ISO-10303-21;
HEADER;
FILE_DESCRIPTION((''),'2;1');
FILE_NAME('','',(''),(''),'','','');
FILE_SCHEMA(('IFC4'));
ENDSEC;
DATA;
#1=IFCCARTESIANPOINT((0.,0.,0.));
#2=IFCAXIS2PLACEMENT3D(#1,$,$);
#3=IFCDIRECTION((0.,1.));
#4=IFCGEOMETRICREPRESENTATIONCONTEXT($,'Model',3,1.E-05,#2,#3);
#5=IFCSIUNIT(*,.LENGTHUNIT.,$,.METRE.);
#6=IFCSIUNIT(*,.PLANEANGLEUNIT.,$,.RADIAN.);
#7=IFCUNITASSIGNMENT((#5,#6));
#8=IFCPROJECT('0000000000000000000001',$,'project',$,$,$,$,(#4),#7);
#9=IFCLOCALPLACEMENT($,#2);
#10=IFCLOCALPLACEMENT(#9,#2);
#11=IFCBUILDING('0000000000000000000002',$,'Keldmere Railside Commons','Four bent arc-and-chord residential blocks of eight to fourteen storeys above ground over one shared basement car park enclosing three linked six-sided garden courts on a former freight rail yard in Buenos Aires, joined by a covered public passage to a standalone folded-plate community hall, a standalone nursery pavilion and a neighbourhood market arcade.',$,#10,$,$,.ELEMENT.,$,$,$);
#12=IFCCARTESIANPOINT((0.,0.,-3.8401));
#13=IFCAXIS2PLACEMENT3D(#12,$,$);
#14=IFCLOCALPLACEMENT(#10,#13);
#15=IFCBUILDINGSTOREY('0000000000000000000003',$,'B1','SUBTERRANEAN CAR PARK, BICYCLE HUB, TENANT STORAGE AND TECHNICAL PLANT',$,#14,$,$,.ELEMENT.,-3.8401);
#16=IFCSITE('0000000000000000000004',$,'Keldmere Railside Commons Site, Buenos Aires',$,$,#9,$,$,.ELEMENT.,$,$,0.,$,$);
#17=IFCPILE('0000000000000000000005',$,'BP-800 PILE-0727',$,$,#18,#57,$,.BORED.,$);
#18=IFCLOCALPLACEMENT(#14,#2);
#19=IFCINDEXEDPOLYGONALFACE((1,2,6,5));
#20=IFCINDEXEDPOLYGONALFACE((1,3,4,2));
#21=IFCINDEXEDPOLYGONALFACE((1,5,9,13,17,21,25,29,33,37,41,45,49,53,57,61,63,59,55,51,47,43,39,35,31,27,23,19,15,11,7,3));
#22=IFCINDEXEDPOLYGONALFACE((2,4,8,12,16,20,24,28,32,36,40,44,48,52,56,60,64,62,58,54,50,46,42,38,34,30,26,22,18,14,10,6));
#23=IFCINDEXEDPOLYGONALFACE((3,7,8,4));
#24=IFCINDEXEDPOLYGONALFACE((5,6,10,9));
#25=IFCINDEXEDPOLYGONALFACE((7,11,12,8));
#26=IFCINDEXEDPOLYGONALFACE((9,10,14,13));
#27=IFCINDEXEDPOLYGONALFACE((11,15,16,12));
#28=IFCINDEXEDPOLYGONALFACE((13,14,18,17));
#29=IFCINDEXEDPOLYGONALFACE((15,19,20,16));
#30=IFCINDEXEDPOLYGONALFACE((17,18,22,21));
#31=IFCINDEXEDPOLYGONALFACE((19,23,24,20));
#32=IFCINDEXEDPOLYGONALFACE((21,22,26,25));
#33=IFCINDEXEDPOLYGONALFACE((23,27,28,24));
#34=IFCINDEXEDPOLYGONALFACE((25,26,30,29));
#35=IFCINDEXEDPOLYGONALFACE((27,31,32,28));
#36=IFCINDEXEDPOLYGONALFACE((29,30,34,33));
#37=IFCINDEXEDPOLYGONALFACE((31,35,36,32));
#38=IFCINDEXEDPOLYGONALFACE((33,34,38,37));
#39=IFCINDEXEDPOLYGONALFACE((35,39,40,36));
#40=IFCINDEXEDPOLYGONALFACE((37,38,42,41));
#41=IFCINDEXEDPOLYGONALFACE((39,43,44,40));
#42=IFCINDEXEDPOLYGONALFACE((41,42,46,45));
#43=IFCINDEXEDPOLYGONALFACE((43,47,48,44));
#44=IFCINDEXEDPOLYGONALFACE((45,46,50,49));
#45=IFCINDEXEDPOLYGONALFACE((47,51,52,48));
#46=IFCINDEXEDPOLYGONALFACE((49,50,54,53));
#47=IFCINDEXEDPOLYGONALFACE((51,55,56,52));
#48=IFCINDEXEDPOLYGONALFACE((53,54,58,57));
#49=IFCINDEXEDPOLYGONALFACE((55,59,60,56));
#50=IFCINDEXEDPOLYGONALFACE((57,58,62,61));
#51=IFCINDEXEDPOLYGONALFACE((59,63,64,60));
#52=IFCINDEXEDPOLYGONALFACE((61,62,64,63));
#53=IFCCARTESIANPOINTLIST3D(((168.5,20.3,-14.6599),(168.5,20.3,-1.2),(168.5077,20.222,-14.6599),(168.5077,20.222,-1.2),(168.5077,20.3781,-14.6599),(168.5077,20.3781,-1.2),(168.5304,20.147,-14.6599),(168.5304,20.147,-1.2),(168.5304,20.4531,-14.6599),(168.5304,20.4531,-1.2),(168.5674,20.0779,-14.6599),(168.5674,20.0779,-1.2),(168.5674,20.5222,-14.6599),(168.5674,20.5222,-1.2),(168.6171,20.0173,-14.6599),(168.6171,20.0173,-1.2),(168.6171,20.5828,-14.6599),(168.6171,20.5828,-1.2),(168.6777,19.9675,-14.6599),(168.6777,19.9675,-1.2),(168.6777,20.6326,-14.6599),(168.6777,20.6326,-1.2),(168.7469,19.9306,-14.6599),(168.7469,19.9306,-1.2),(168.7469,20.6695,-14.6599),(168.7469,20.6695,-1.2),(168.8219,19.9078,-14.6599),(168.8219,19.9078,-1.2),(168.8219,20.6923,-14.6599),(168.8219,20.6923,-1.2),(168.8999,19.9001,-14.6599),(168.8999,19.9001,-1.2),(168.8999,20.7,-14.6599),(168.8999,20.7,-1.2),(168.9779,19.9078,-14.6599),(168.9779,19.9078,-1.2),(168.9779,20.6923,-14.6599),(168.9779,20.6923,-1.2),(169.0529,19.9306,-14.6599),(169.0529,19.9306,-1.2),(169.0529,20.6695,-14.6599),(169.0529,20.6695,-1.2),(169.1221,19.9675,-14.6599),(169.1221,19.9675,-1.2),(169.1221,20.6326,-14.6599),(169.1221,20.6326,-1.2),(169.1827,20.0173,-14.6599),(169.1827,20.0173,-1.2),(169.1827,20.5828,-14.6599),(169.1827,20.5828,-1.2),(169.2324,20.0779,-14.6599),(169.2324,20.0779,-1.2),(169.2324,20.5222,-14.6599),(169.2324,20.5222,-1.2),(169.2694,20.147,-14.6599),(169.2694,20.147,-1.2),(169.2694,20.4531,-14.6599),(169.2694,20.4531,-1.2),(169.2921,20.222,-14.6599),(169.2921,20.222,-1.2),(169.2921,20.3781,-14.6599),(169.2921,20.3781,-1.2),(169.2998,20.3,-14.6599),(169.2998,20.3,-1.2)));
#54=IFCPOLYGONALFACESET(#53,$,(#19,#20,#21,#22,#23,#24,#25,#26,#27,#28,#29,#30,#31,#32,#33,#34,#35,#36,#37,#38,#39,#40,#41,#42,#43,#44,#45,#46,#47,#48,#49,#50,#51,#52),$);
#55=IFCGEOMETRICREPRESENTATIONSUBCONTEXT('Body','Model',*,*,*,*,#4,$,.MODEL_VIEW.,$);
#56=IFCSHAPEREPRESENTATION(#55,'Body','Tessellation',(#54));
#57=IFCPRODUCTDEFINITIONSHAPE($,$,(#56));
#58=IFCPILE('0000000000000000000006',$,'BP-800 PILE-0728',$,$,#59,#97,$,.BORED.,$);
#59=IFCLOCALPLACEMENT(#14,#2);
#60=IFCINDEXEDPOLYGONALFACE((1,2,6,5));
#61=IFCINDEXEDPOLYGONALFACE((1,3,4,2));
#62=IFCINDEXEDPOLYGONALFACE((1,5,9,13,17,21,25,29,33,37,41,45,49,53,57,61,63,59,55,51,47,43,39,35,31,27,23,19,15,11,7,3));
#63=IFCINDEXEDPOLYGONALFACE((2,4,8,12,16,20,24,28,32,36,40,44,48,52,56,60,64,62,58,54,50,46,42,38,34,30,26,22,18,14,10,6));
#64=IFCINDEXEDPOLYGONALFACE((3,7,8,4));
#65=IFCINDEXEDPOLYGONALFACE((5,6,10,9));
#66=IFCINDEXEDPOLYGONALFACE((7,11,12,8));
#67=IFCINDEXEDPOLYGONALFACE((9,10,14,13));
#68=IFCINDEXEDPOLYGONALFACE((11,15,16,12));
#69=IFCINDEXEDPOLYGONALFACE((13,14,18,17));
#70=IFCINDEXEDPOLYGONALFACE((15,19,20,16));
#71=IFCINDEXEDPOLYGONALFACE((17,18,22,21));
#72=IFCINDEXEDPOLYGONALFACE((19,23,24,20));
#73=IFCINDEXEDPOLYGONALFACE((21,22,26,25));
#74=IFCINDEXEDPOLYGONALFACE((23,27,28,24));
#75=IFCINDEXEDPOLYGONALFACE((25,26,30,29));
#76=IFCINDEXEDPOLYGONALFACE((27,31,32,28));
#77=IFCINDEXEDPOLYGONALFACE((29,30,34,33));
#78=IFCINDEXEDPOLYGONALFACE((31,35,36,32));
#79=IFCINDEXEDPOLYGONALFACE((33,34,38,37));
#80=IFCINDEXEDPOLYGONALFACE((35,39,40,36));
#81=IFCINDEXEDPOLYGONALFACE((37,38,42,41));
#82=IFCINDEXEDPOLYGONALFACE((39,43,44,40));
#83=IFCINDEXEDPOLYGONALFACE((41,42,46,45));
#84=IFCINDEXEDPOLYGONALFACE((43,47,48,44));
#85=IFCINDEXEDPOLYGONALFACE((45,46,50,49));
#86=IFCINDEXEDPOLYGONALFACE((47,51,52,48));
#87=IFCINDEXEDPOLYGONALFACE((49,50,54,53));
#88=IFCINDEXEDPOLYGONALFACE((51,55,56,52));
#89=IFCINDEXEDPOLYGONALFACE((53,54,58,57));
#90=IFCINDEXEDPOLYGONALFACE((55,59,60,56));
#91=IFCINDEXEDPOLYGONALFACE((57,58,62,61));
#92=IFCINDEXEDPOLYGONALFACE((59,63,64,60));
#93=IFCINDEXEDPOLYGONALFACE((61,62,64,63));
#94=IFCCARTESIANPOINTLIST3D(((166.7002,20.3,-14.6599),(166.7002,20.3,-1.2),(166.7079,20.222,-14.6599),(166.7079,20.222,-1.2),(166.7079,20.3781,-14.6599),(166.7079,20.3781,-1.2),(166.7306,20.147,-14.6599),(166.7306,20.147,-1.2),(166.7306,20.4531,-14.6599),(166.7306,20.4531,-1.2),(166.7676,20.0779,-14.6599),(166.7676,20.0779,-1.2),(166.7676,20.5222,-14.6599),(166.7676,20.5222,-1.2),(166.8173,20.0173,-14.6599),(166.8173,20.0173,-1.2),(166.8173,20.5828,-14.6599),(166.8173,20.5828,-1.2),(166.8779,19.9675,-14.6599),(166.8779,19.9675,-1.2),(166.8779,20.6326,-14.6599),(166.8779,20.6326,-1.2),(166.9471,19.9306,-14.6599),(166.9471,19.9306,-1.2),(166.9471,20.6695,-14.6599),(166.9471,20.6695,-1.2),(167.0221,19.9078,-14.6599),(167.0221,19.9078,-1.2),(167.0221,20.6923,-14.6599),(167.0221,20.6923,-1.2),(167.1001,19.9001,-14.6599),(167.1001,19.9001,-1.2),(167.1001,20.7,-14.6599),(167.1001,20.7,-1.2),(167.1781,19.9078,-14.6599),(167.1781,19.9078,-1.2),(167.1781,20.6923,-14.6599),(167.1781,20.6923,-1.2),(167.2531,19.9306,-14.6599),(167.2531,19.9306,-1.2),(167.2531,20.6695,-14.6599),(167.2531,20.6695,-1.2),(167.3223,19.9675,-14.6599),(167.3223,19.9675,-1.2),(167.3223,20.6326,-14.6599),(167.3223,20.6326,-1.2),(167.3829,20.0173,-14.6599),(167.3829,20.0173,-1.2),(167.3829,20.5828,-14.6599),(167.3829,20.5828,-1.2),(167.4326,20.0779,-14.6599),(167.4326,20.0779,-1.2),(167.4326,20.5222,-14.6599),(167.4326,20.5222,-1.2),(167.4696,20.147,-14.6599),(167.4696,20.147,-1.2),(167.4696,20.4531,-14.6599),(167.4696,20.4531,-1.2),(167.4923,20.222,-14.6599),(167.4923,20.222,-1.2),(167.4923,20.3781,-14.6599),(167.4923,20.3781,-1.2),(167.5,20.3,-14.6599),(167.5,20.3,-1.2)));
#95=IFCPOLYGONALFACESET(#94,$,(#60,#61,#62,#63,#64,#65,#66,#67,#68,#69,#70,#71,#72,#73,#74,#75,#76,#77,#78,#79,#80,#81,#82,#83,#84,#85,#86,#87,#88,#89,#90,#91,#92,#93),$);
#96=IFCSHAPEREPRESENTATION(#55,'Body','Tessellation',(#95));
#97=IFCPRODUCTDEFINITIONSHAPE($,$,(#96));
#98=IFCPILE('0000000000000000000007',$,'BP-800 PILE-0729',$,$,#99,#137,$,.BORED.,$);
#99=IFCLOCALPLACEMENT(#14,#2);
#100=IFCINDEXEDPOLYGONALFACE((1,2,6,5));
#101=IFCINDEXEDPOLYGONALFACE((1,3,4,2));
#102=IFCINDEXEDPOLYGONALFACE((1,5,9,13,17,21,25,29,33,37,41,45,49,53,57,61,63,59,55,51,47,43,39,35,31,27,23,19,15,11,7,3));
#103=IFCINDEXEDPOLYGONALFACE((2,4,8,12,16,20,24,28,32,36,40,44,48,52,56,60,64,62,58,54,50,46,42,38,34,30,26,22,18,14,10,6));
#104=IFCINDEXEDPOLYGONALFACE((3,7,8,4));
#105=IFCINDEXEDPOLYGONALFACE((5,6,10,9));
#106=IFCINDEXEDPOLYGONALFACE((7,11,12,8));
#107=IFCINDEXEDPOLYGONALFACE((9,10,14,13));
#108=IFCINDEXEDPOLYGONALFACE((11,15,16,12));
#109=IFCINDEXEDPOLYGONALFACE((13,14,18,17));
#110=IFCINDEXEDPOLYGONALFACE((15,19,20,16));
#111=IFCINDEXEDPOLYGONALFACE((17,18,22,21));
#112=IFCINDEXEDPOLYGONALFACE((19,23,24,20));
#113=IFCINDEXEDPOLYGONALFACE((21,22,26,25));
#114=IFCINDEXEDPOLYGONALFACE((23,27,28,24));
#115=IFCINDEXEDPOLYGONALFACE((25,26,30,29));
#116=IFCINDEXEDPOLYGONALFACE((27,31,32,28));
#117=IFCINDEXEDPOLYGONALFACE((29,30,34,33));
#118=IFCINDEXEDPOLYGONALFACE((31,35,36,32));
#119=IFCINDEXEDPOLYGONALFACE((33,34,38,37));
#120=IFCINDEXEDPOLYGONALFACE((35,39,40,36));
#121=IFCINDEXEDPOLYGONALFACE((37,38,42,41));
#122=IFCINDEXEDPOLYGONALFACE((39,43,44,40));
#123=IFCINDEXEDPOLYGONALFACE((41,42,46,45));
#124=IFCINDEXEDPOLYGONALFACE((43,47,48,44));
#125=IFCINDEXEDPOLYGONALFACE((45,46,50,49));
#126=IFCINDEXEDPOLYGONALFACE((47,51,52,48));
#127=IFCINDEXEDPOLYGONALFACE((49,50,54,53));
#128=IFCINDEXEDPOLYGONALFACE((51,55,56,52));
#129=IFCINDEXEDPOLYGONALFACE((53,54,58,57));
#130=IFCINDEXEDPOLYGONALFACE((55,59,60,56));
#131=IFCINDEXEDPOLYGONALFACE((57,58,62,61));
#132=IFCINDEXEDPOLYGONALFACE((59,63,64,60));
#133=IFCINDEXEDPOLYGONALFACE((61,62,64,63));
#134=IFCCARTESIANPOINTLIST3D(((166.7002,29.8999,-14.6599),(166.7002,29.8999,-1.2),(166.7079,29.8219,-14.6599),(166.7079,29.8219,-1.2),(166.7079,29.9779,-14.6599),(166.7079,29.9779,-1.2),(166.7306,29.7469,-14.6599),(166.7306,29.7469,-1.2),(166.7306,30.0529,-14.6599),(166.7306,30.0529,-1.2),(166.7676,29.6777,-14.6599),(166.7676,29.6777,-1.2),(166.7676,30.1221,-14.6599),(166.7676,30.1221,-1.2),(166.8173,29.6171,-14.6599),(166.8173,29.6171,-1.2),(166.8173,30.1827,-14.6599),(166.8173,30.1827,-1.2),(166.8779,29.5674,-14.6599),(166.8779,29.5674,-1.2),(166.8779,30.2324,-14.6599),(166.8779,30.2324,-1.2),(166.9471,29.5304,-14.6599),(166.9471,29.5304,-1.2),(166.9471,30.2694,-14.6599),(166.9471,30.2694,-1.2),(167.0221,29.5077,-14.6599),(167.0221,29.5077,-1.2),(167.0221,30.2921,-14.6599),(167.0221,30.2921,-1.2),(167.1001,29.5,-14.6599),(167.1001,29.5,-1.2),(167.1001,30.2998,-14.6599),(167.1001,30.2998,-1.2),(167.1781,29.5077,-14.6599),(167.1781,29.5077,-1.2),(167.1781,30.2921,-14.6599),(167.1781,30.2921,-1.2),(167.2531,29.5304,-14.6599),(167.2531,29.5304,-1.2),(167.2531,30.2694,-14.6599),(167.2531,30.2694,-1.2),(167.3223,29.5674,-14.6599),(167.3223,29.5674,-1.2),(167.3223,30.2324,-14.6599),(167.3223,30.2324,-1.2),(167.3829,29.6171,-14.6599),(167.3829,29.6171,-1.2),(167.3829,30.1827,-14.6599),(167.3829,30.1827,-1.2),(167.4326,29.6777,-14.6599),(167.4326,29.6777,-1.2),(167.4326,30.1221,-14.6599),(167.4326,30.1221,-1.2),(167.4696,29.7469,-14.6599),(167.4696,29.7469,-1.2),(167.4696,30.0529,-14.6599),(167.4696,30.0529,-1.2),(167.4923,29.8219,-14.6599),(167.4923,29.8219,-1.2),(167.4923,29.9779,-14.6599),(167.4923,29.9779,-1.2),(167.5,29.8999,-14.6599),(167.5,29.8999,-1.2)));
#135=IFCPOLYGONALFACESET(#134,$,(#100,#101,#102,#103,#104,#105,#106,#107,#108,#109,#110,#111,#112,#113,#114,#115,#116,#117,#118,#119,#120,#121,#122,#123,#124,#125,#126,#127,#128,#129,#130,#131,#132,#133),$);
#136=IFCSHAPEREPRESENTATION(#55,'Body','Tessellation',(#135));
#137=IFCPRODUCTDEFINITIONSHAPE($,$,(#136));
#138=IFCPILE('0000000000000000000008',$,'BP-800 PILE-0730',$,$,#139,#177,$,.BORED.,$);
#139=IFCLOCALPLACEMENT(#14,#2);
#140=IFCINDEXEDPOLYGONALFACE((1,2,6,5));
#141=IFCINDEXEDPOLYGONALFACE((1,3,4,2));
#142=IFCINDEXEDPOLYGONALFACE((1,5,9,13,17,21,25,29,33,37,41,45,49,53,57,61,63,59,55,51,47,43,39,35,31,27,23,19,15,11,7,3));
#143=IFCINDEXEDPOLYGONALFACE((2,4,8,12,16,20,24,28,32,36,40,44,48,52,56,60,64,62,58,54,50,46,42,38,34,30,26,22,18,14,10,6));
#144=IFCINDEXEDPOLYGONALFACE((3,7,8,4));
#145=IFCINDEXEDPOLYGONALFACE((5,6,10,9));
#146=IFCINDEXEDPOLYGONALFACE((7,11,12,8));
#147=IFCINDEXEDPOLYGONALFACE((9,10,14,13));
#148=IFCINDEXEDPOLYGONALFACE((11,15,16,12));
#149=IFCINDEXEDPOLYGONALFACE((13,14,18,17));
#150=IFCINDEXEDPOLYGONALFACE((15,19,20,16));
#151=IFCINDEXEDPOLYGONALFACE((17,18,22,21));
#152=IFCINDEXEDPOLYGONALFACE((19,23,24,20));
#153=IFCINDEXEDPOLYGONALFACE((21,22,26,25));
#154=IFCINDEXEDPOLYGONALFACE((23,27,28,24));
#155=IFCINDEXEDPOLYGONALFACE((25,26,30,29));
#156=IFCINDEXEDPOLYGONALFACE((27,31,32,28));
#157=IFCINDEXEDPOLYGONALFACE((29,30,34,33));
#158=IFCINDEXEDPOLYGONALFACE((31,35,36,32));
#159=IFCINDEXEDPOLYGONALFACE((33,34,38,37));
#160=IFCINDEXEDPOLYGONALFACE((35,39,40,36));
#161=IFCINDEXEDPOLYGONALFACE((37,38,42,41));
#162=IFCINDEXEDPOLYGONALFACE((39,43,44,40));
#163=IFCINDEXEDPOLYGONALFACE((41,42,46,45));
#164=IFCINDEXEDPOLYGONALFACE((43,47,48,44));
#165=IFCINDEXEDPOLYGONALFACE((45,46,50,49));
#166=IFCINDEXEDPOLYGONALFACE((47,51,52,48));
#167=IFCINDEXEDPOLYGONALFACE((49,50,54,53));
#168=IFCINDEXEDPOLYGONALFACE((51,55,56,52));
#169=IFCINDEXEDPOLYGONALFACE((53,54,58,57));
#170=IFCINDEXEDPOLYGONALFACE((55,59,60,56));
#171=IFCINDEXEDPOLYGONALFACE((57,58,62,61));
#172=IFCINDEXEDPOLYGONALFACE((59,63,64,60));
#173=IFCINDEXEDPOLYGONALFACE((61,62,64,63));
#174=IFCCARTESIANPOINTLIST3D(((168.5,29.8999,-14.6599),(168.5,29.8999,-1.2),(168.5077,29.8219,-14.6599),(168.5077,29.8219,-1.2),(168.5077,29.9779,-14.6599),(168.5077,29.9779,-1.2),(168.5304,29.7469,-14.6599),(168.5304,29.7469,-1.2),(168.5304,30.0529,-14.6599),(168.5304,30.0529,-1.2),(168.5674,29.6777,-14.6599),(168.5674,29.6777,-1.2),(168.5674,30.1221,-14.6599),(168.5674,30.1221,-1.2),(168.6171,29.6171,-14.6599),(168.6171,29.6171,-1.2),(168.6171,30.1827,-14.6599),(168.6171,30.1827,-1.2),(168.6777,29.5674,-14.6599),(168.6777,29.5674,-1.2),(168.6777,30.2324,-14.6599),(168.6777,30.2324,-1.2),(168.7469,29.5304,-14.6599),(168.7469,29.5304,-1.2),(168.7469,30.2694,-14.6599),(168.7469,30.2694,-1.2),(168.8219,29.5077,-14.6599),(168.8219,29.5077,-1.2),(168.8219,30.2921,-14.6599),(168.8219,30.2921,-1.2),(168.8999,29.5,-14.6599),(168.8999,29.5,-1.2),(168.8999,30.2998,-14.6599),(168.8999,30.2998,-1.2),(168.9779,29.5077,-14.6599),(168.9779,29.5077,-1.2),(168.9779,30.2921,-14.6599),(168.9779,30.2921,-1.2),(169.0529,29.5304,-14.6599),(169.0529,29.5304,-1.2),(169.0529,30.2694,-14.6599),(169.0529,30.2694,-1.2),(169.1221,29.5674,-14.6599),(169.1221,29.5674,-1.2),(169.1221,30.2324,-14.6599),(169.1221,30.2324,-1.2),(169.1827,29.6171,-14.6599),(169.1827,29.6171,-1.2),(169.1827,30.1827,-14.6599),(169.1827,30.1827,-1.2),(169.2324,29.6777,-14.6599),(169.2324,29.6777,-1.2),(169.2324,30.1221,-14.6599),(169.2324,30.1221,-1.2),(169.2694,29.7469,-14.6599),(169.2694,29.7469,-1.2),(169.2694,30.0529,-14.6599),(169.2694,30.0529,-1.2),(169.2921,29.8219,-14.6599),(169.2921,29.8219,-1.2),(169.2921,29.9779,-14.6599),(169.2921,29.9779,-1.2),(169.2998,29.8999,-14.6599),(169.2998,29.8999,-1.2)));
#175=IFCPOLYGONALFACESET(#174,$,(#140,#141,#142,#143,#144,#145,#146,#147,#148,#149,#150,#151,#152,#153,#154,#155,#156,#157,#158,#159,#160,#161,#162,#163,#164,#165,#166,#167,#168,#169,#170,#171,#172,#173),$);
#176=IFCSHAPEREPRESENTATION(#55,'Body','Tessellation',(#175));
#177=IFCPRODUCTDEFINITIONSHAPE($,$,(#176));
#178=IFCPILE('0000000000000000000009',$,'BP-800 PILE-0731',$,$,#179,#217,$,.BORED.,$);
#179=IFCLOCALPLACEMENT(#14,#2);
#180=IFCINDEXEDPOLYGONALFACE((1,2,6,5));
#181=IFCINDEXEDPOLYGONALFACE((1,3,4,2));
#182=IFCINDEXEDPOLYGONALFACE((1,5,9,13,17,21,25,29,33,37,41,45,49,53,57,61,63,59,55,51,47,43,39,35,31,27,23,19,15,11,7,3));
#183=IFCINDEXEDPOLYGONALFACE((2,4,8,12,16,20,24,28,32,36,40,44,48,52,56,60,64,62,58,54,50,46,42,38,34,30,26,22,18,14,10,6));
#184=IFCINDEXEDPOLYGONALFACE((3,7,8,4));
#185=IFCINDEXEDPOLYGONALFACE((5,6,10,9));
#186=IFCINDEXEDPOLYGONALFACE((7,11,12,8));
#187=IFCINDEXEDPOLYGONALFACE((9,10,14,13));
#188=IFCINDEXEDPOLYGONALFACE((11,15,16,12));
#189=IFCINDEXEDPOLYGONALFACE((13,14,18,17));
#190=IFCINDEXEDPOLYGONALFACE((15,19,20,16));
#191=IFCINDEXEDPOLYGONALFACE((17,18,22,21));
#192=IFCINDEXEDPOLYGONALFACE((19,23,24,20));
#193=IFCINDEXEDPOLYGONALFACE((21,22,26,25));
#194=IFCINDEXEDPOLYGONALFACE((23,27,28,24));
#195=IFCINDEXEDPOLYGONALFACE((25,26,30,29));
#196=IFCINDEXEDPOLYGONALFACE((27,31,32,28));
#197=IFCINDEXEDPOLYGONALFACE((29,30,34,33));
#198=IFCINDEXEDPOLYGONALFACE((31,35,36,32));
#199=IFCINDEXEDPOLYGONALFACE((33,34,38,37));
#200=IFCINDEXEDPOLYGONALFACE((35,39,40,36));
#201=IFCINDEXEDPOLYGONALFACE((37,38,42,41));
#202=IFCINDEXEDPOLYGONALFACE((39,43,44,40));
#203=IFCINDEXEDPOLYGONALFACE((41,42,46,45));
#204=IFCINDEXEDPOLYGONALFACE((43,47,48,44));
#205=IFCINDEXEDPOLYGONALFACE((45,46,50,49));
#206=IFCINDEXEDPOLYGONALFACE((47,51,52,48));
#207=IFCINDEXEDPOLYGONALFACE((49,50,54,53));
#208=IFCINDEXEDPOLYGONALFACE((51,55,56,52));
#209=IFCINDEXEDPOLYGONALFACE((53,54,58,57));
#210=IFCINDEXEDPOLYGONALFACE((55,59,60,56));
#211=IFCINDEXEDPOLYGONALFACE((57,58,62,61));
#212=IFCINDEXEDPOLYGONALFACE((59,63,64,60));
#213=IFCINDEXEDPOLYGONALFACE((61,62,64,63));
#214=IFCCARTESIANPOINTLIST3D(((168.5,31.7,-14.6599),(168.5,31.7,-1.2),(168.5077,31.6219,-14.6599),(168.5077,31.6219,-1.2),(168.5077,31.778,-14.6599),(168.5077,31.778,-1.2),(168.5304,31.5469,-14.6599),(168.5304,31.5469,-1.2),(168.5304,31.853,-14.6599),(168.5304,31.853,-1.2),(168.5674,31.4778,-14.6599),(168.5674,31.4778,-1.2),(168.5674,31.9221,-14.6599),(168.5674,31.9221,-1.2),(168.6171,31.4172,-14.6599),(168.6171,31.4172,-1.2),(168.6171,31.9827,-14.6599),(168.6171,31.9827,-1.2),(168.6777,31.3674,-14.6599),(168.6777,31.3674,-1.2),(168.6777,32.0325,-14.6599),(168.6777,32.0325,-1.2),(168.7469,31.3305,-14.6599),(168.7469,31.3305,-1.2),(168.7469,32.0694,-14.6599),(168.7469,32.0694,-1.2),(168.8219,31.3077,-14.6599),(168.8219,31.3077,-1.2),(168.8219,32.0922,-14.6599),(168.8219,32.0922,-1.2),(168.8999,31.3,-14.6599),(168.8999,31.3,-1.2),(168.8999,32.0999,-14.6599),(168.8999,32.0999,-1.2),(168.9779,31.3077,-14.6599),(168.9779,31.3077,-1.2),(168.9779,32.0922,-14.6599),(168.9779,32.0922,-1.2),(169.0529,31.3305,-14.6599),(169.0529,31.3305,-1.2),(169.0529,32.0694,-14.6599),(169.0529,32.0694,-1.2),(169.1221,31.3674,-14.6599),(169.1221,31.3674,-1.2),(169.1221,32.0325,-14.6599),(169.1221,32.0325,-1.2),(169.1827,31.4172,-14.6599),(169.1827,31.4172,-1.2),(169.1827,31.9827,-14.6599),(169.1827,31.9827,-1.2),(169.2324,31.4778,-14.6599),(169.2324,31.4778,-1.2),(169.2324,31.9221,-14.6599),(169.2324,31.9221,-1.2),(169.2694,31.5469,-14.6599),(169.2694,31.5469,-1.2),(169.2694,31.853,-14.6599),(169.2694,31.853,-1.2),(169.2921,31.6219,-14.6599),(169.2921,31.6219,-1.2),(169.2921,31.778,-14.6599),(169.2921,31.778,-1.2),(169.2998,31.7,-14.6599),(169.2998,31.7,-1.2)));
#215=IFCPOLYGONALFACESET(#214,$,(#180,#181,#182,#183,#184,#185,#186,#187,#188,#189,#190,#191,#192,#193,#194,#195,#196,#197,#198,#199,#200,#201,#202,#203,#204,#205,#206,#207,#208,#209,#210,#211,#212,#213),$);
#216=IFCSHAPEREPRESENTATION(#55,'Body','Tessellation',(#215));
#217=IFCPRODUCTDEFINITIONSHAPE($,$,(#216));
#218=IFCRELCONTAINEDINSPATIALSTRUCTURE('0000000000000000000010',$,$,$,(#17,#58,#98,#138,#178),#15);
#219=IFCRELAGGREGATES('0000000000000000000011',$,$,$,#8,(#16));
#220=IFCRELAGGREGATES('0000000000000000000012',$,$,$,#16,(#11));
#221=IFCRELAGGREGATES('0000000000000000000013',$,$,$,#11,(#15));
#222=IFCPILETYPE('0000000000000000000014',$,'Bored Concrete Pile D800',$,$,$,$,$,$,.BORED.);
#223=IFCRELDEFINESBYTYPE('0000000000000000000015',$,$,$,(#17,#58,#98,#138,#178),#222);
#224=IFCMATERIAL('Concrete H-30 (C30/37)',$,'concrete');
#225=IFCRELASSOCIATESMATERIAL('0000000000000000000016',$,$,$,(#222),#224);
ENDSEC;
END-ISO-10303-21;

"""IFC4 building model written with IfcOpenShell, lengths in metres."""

from ifc_helpers import new_model, si_unit, direction, frame, origin, origin_2d, place, context, subcontext, project, spatial, circle, extrude, material, material_profile, profile_set, type_object, element, save


model = new_model("IFC4")

# Units and contexts
model_context = context("Model", 3, precision=1e-05, world=origin(), true_north=direction((0.0, 1.0)))
body_context = subcontext(model_context, "Body", "Model", "MODEL_VIEW")
ifc_project = project(units=[si_unit("LENGTHUNIT", "METRE"), si_unit("PLANEANGLEUNIT", "RADIAN")], contexts=[model_context])

# Site, building, storey
site_placement = place(None, origin())
site = spatial("IfcSite", under=ifc_project, at=site_placement, Name="Keldmere Railside Commons Site, Buenos Aires", CompositionType="ELEMENT", RefElevation=0.0)
building_placement = place(site_placement, origin())
building = spatial("IfcBuilding", under=site, at=building_placement, Name="Keldmere Railside Commons", Description="Four bent arc-and-chord residential blocks of eight to fourteen storeys above ground over one shared basement car park enclosing three linked six-sided garden courts on a former freight rail yard in Buenos Aires, joined by a covered public passage to a standalone folded-plate community hall, a standalone nursery pavilion and a neighbourhood market arcade.", CompositionType="ELEMENT")
storey_placement = place(building_placement, frame((0.0, 0.0, -3.8401)))
storey = spatial("IfcBuildingStorey", under=building, at=storey_placement, Name="B1", Description="SUBTERRANEAN CAR PARK, BICYCLE HUB, TENANT STORAGE AND TECHNICAL PLANT", CompositionType="ELEMENT", Elevation=-3.8401)

# Piles
ifc_material_1 = material(Name="Concrete H-30 (C30/37)", Category="concrete")
ifc_material_profile_1 = material_profile(ifc_material_1, circle(Radius=0.3999, at=origin_2d()), Name="PILE-D800")
ifc_profile_set_1 = profile_set([ifc_material_profile_1], Name="Concrete H-30 (C30/37)")
pile_type = type_object("IfcPileType", Name="Bored Concrete Pile D800", PredefinedType="BORED", material=ifc_profile_set_1)
for number, where, z_axis, x_axis, name in (
    (1, (168.8999, 20.3, -1.2), (0.0, 0.0, -1.0), (1.0, 0.0, 0.0), "BP-800 PILE-0727"),
    (2, (167.1001, 20.3, -1.2), (0.0, 0.0, -1.0), (1.0, 0.0, 0.0), "BP-800 PILE-0728"),
    (3, (167.1001, 29.8999, -1.2), (0.0, 0.0, -1.0), (1.0, 0.0, 0.0), "BP-800 PILE-0729"),
    (4, (168.8999, 29.8999, -1.2), (0.0, 0.0, -1.0), (1.0, 0.0, 0.0), "BP-800 PILE-0730"),
    (5, (168.8999, 31.7, -1.2), (0.0, 0.0, -1.0), (1.0, 0.0, 0.0), "BP-800 PILE-0731"),
):
    element("IfcPile", number, at=place(storey_placement, frame(where, z_axis=z_axis, x_axis=x_axis)), inside=storey, type_object=pile_type, Name=name, PredefinedType="BORED", context=body_context, shape_type="SweptSolid", body=[
        extrude(circle(Radius=0.3999, at=origin_2d()), origin(), (0.0, 0.0, 1.0), 13.46),
    ])

save(model, "model.ifc")
